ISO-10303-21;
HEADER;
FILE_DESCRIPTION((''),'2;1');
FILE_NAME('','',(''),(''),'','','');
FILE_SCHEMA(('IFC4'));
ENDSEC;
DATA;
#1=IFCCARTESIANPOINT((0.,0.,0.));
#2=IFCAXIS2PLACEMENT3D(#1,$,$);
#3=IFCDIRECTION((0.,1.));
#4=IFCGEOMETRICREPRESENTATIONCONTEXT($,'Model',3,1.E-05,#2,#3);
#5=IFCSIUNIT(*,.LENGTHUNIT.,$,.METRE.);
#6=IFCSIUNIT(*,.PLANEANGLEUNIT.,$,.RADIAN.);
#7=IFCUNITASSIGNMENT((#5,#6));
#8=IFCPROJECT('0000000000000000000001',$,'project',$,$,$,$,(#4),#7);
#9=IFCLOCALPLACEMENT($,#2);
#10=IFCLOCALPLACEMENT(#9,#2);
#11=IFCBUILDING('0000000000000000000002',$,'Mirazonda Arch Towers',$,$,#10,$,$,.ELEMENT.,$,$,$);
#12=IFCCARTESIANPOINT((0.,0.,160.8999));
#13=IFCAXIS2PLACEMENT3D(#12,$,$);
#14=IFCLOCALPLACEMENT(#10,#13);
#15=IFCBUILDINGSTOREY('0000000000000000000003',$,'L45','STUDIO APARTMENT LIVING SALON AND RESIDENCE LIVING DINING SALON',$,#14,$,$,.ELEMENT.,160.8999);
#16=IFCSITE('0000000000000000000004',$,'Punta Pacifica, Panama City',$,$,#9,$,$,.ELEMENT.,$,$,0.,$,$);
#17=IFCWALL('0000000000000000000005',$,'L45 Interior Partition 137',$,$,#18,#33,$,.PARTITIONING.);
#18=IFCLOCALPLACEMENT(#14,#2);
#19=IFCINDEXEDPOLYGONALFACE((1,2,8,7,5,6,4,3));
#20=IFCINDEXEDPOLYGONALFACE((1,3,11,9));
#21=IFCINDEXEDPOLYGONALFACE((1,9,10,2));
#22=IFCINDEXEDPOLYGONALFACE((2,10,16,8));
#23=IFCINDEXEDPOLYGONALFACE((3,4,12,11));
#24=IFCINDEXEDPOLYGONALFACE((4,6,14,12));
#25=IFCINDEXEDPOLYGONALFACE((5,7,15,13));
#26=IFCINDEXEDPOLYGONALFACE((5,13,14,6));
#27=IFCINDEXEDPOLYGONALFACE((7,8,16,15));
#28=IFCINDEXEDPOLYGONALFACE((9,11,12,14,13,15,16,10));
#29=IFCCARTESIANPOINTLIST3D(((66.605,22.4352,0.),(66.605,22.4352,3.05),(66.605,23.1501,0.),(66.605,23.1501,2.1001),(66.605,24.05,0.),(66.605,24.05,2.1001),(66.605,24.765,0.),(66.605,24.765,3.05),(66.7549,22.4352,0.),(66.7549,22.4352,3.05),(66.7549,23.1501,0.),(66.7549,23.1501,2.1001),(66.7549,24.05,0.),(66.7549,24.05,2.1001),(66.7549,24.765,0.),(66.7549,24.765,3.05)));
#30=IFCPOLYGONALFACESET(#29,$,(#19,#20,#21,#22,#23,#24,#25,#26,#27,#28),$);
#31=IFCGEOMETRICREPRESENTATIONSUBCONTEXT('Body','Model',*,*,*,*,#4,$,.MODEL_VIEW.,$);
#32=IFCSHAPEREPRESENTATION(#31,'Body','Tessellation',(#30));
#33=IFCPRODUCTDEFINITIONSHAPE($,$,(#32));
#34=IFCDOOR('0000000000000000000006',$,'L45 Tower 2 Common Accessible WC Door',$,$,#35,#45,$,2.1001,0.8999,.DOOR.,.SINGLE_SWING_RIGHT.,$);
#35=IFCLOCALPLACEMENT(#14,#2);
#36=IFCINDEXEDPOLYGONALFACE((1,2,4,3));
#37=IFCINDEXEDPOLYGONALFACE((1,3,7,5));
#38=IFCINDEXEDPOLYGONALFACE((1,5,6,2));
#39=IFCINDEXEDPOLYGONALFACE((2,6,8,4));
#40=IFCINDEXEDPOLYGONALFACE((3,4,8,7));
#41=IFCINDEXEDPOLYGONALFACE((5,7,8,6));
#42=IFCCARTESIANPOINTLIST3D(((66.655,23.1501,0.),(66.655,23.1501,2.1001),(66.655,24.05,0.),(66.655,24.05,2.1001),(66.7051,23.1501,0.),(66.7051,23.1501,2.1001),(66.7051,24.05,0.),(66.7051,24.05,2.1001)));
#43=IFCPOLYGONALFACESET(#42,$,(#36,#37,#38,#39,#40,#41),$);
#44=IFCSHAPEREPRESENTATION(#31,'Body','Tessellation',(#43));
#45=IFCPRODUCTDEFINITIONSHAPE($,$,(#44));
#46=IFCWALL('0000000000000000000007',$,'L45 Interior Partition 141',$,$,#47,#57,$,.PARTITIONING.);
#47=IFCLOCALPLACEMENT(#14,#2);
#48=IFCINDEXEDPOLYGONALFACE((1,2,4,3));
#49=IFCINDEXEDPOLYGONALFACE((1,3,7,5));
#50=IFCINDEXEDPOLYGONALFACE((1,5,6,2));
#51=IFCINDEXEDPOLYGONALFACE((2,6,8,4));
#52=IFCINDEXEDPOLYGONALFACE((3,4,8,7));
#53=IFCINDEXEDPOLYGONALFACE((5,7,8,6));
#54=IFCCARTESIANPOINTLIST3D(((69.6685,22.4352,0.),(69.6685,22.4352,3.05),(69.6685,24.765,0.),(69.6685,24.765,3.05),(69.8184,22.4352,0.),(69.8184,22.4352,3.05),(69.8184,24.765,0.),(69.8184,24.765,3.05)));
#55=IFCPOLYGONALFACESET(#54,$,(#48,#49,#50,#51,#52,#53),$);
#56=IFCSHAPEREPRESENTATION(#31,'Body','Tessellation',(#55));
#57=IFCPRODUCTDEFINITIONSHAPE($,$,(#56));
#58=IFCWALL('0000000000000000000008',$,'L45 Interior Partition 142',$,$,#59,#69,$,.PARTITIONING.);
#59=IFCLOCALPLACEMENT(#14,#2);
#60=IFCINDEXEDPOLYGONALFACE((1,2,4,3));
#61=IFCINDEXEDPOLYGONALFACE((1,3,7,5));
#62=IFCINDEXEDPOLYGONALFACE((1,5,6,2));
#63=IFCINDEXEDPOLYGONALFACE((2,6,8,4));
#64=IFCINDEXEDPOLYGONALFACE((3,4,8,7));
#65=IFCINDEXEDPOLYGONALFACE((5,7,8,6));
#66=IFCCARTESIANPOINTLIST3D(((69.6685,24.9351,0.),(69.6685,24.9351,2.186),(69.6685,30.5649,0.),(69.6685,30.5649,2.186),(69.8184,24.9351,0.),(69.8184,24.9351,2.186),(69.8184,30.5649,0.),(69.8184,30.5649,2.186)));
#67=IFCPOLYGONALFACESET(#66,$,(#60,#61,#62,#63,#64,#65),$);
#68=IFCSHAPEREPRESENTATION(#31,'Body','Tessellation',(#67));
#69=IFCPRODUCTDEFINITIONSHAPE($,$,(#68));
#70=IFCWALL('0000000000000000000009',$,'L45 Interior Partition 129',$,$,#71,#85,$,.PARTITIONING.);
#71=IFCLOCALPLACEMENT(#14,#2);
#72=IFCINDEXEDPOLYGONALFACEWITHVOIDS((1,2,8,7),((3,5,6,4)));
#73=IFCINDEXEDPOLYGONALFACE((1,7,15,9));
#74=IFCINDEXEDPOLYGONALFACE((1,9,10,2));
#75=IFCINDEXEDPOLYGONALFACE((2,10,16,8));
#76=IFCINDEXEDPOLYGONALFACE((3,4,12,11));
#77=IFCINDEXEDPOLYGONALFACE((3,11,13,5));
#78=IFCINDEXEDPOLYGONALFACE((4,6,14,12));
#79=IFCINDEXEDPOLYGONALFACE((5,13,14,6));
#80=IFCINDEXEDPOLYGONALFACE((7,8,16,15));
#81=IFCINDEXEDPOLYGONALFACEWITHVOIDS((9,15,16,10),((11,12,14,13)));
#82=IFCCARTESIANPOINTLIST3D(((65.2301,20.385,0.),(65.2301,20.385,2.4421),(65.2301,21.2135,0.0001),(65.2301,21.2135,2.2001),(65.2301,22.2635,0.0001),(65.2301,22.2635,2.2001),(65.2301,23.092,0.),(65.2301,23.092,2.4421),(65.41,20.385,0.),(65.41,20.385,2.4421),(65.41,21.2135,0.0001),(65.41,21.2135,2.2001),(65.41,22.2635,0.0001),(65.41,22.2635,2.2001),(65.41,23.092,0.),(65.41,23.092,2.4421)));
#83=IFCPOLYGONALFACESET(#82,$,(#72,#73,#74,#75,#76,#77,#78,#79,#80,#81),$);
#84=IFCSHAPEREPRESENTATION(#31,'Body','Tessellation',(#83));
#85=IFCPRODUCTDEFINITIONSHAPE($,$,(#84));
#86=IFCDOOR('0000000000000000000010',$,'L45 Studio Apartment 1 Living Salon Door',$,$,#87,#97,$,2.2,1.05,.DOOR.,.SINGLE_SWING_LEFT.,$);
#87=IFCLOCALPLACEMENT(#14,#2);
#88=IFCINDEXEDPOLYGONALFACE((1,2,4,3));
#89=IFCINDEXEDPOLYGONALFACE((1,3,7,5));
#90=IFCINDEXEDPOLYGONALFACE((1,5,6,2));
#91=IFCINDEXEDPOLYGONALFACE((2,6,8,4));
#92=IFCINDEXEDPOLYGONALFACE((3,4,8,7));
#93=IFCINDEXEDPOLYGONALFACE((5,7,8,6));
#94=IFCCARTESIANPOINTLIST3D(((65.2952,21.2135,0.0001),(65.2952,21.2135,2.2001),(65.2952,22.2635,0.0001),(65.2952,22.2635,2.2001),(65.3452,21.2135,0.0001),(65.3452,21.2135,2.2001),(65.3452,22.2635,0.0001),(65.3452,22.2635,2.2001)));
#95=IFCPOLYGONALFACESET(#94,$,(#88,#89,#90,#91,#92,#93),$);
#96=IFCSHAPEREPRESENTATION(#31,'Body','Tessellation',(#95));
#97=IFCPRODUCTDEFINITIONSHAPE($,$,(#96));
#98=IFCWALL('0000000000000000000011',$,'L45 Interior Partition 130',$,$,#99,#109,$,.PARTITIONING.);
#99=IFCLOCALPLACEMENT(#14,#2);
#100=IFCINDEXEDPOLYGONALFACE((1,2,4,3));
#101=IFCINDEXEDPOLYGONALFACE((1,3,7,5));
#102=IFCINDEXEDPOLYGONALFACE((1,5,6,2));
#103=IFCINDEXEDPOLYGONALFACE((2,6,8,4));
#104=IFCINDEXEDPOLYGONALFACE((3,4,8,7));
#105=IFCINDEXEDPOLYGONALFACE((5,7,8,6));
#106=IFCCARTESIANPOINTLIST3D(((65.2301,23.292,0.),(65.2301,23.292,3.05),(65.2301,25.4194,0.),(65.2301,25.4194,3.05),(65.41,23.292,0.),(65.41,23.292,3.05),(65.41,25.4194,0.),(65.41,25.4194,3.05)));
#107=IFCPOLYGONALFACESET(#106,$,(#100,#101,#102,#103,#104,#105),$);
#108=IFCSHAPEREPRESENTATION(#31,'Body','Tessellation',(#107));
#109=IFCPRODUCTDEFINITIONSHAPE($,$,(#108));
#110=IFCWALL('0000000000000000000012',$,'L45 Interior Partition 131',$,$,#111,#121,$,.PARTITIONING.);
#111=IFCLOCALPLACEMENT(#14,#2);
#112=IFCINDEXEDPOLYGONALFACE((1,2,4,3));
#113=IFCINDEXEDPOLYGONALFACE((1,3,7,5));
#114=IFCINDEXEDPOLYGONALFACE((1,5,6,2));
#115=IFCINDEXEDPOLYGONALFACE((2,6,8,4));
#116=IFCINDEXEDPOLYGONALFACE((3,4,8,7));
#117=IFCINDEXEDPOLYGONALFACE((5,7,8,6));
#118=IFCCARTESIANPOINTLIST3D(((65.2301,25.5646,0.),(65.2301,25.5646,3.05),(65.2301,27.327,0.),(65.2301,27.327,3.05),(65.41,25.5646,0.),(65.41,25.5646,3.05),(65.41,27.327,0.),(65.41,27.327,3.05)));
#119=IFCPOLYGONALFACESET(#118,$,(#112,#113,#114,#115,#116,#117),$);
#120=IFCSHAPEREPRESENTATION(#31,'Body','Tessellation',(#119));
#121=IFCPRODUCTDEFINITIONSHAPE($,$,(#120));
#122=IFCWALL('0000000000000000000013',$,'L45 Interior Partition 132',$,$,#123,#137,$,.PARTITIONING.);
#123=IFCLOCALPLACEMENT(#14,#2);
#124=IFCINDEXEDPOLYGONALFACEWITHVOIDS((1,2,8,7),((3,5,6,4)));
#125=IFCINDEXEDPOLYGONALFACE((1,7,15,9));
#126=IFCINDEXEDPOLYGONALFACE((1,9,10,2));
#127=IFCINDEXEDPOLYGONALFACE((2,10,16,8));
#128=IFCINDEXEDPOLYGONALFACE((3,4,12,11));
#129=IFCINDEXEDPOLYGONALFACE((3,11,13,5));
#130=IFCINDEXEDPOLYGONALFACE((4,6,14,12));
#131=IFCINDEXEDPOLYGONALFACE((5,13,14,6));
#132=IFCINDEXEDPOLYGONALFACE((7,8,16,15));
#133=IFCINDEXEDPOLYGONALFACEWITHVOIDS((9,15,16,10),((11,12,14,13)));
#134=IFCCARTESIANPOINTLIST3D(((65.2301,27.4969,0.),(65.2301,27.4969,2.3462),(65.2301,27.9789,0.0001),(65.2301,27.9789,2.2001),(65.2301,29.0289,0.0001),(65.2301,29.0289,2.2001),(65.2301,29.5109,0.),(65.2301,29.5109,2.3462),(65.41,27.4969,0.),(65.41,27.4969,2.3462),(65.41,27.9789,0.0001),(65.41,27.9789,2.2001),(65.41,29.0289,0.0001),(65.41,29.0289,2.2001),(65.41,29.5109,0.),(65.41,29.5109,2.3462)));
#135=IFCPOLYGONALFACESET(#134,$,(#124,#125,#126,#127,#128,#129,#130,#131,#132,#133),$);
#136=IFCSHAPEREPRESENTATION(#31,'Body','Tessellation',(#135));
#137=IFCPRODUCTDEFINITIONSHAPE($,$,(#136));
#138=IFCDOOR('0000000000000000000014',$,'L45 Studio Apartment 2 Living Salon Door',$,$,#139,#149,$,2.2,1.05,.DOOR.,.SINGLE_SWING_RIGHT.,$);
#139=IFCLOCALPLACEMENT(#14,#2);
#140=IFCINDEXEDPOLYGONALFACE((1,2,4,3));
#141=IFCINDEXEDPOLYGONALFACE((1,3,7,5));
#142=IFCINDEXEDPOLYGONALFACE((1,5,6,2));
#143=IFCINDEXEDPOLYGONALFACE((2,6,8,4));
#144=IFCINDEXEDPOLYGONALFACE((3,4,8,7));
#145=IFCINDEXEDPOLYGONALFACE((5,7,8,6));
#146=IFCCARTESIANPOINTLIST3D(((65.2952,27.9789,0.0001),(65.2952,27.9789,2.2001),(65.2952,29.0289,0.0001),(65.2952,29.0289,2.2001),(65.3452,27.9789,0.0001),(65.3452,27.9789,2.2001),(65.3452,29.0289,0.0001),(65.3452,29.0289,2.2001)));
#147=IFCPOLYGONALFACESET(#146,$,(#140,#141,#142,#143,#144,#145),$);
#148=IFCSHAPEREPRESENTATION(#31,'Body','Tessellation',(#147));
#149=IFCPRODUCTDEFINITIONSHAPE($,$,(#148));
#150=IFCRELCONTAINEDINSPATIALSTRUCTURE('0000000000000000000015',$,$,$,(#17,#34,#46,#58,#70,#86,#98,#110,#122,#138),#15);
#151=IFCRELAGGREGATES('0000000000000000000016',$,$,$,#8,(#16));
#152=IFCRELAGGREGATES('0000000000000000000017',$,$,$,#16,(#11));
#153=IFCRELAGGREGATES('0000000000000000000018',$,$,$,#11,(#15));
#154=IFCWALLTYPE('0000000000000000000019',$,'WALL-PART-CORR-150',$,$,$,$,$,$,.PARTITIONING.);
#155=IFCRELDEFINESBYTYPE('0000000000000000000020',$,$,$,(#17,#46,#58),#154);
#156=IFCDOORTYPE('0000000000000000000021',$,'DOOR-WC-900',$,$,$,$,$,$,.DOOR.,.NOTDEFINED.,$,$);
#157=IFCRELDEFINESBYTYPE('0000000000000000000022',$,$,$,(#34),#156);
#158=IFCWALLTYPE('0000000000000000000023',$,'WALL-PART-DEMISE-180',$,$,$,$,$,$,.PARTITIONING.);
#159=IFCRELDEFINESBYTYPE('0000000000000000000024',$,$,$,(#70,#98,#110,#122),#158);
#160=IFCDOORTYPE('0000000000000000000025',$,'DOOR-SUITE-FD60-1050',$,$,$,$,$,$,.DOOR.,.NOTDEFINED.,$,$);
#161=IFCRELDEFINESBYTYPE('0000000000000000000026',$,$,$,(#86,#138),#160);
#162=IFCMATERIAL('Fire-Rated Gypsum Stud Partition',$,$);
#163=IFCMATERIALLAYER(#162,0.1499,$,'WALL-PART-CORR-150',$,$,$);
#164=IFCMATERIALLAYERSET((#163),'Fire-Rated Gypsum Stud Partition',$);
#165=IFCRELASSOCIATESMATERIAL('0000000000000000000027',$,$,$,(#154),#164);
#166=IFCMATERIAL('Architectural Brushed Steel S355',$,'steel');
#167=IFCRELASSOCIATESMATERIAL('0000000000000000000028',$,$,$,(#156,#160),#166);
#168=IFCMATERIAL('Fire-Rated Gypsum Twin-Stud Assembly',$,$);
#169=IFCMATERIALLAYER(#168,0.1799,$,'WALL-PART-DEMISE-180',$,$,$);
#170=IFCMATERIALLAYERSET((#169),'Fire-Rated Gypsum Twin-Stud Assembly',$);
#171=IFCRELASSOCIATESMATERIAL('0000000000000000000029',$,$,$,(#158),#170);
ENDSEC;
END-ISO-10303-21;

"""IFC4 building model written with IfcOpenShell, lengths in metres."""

from ifc_helpers import new_model, si_unit, direction, frame, frame_2d, origin, place, context, subcontext, project, spatial, rectangle, extrude, material, layer, layer_set, type_object, element, fill, save


model = new_model("IFC4")

# Units and contexts
model_context = context("Model", 3, precision=1e-05, world=origin(), true_north=direction((0.0, 1.0)))
body_context = subcontext(model_context, "Body", "Model", "MODEL_VIEW")
ifc_project = project(units=[si_unit("LENGTHUNIT", "METRE"), si_unit("PLANEANGLEUNIT", "RADIAN")], contexts=[model_context])

# Site, building, storey
site_placement = place(None, origin())
site = spatial("IfcSite", under=ifc_project, at=site_placement, Name="Punta Pacifica, Panama City", CompositionType="ELEMENT", RefElevation=0.0)
building_placement = place(site_placement, origin())
building = spatial("IfcBuilding", under=site, at=building_placement, Name="Mirazonda Arch Towers", CompositionType="ELEMENT")
storey_placement = place(building_placement, frame((0.0, 0.0, 160.8999)))
storey = spatial("IfcBuildingStorey", under=building, at=storey_placement, Name="L45", Description="STUDIO APARTMENT LIVING SALON AND RESIDENCE LIVING DINING SALON", CompositionType="ELEMENT", Elevation=160.8999)

# Shared definitions
ifc_material_1 = material(Name="Architectural Brushed Steel S355", Category="steel")

# Shared definitions
ifc_material_2 = material(Name="Fire-Rated Gypsum Stud Partition")
ifc_layer_1 = layer(ifc_material_2, 0.1499, Name="WALL-PART-CORR-150")
ifc_layer_set_1 = layer_set([ifc_layer_1], Name="Fire-Rated Gypsum Stud Partition")
wall_type_1 = type_object("IfcWallType", Name="WALL-PART-CORR-150", PredefinedType="PARTITIONING", material=ifc_layer_set_1)

# Wall, opening, door
wall_1_placement = place(storey_placement, frame((66.6799, 22.4351, 0.0), z_axis=(0.0, 0.0, 1.0), x_axis=(0.0, 1.0, 0.0)))
wall_1 = element("IfcWall", 1, at=wall_1_placement, inside=storey, type_object=wall_type_1, Name="L45 Interior Partition 137", PredefinedType="PARTITIONING", context=body_context, shape_type="SweptSolid", body=[
    extrude(rectangle(XDim=2.3298, YDim=0.1499, at=frame_2d((1.165, 0.0))), origin(), (0.0, 0.0, 1.0), 3.05),
])
opening_1_placement = place(wall_1_placement, frame((0.7151, 0.0, 0.0)))
opening_1 = element("IfcOpeningElement", 2, at=opening_1_placement, cuts=wall_1, PredefinedType="OPENING", context=body_context, shape_type="SweptSolid", body=[
    extrude(rectangle(XDim=0.8999, YDim=2.1001, at=frame_2d((0.45, 1.05))), frame((0.0, 0.085, 0.0), z_axis=(0.0, -1.0, 0.0), x_axis=(1.0, 0.0, 0.0)), (0.0, 0.0, 1.0), 0.1699),
])
door_type_1 = type_object("IfcDoorType", Name="DOOR-WC-900", OperationType="NOTDEFINED", PredefinedType="DOOR", material=ifc_material_1)
door_1_placement = place(opening_1_placement, origin())
door_1 = element("IfcDoor", 3, at=door_1_placement, inside=storey, type_object=door_type_1, Name="L45 Tower 2 Common Accessible WC Door", OperationType="SINGLE_SWING_RIGHT", OverallHeight=2.1001, OverallWidth=0.8999, PredefinedType="DOOR", context=body_context, shape_type="SweptSolid", body=[
    extrude(rectangle(XDim=0.8999, YDim=2.1001, at=frame_2d((0.45, 1.05))), frame((0.0, 0.0249, 0.0), z_axis=(0.0, -1.0, 0.0), x_axis=(1.0, 0.0, 0.0)), (0.0, 0.0, 1.0), 0.05),
])
fill(opening_1, door_1)

# Walls
wall_2_placement = place(storey_placement, frame((69.7434, 22.4351, 0.0), z_axis=(0.0, 0.0, 1.0), x_axis=(0.0, 1.0, 0.0)))
element("IfcWall", 4, at=wall_2_placement, inside=storey, type_object=wall_type_1, Name="L45 Interior Partition 141", PredefinedType="PARTITIONING", context=body_context, shape_type="SweptSolid", body=[
    extrude(rectangle(XDim=2.3298, YDim=0.1499, at=frame_2d((1.165, 0.0))), origin(), (0.0, 0.0, 1.0), 3.05),
])
wall_3_placement = place(storey_placement, frame((69.7434, 24.9351, 0.0), z_axis=(0.0, 0.0, 1.0), x_axis=(0.0, 1.0, 0.0)))
element("IfcWall", 5, at=wall_3_placement, inside=storey, type_object=wall_type_1, Name="L45 Interior Partition 142", PredefinedType="PARTITIONING", context=body_context, shape_type="SweptSolid", body=[
    extrude(rectangle(XDim=5.6299, YDim=0.1499, at=frame_2d((2.8149, 0.0))), origin(), (0.0, 0.0, 1.0), 2.186),
])

# Wall, opening, door
ifc_material_3 = material(Name="Fire-Rated Gypsum Twin-Stud Assembly")
ifc_layer_2 = layer(ifc_material_3, 0.1799, Name="WALL-PART-DEMISE-180")
ifc_layer_set_2 = layer_set([ifc_layer_2], Name="Fire-Rated Gypsum Twin-Stud Assembly")
wall_type_2 = type_object("IfcWallType", Name="WALL-PART-DEMISE-180", PredefinedType="PARTITIONING", material=ifc_layer_set_2)
wall_4_placement = place(storey_placement, frame((65.3201, 20.385, 0.0), z_axis=(0.0, 0.0, 1.0), x_axis=(0.0, 1.0, 0.0)))
wall_4 = element("IfcWall", 6, at=wall_4_placement, inside=storey, type_object=wall_type_2, Name="L45 Interior Partition 129", PredefinedType="PARTITIONING", context=body_context, shape_type="SweptSolid", body=[
    extrude(rectangle(XDim=2.707, YDim=0.1799, at=frame_2d((1.3535, 0.0))), origin(), (0.0, 0.0, 1.0), 2.4421),
])
opening_2_placement = place(wall_4_placement, frame((0.8286, 0.0, 0.0)))
opening_2 = element("IfcOpeningElement", 7, at=opening_2_placement, cuts=wall_4, PredefinedType="OPENING", context=body_context, shape_type="SweptSolid", body=[
    extrude(rectangle(XDim=1.05, YDim=2.2, at=frame_2d((0.5249, 1.1001))), frame((0.0, 0.0999, 0.0), z_axis=(0.0, -1.0, 0.0), x_axis=(1.0, 0.0, 0.0)), (0.0, 0.0, 1.0), 0.2),
])
door_type_2 = type_object("IfcDoorType", Name="DOOR-SUITE-FD60-1050", OperationType="NOTDEFINED", PredefinedType="DOOR", material=ifc_material_1)
door_2_placement = place(opening_2_placement, origin())
door_2 = element("IfcDoor", 8, at=door_2_placement, inside=storey, type_object=door_type_2, Name="L45 Studio Apartment 1 Living Salon Door", OperationType="SINGLE_SWING_LEFT", OverallHeight=2.2, OverallWidth=1.05, PredefinedType="DOOR", context=body_context, shape_type="SweptSolid", body=[
    extrude(rectangle(XDim=1.05, YDim=2.2, at=frame_2d((0.5249, 1.1001))), frame((0.0, 0.0249, 0.0), z_axis=(0.0, -1.0, 0.0), x_axis=(1.0, 0.0, 0.0)), (0.0, 0.0, 1.0), 0.05),
])
fill(opening_2, door_2)

# Walls
wall_5_placement = place(storey_placement, frame((65.3201, 23.292, 0.0), z_axis=(0.0, 0.0, 1.0), x_axis=(0.0, 1.0, 0.0)))
element("IfcWall", 9, at=wall_5_placement, inside=storey, type_object=wall_type_2, Name="L45 Interior Partition 130", PredefinedType="PARTITIONING", context=body_context, shape_type="SweptSolid", body=[
    extrude(rectangle(XDim=2.1274, YDim=0.1799, at=frame_2d((1.0637, 0.0))), origin(), (0.0, 0.0, 1.0), 3.05),
])
wall_6_placement = place(storey_placement, frame((65.3201, 25.5645, 0.0), z_axis=(0.0, 0.0, 1.0), x_axis=(0.0, 1.0, 0.0)))
element("IfcWall", 10, at=wall_6_placement, inside=storey, type_object=wall_type_2, Name="L45 Interior Partition 131", PredefinedType="PARTITIONING", context=body_context, shape_type="SweptSolid", body=[
    extrude(rectangle(XDim=1.7625, YDim=0.1799, at=frame_2d((0.8813, 0.0))), origin(), (0.0, 0.0, 1.0), 3.05),
])

# Wall, opening, door
wall_7_placement = place(storey_placement, frame((65.3201, 27.4971, 0.0), z_axis=(0.0, 0.0, 1.0), x_axis=(0.0, 1.0, 0.0)))
wall_7 = element("IfcWall", 11, at=wall_7_placement, inside=storey, type_object=wall_type_2, Name="L45 Interior Partition 132", PredefinedType="PARTITIONING", context=body_context, shape_type="SweptSolid", body=[
    extrude(rectangle(XDim=2.0139, YDim=0.1799, at=frame_2d((1.0068, 0.0))), origin(), (0.0, 0.0, 1.0), 2.3462),
])
opening_3_placement = place(wall_7_placement, frame((0.4819, 0.0, 0.0)))
opening_3 = element("IfcOpeningElement", 12, at=opening_3_placement, cuts=wall_7, PredefinedType="OPENING", context=body_context, shape_type="SweptSolid", body=[
    extrude(rectangle(XDim=1.05, YDim=2.2, at=frame_2d((0.5249, 1.1001))), frame((0.0, 0.0999, 0.0), z_axis=(0.0, -1.0, 0.0), x_axis=(1.0, 0.0, 0.0)), (0.0, 0.0, 1.0), 0.2),
])
door_3_placement = place(opening_3_placement, origin())
door_3 = element("IfcDoor", 13, at=door_3_placement, inside=storey, type_object=door_type_2, Name="L45 Studio Apartment 2 Living Salon Door", OperationType="SINGLE_SWING_RIGHT", OverallHeight=2.2, OverallWidth=1.05, PredefinedType="DOOR", context=body_context, shape_type="SweptSolid", body=[
    extrude(rectangle(XDim=1.05, YDim=2.2, at=frame_2d((0.5249, 1.1001))), frame((0.0, 0.0249, 0.0), z_axis=(0.0, -1.0, 0.0), x_axis=(1.0, 0.0, 0.0)), (0.0, 0.0, 1.0), 0.05),
])
fill(opening_3, door_3)

save(model, "model.ifc")
